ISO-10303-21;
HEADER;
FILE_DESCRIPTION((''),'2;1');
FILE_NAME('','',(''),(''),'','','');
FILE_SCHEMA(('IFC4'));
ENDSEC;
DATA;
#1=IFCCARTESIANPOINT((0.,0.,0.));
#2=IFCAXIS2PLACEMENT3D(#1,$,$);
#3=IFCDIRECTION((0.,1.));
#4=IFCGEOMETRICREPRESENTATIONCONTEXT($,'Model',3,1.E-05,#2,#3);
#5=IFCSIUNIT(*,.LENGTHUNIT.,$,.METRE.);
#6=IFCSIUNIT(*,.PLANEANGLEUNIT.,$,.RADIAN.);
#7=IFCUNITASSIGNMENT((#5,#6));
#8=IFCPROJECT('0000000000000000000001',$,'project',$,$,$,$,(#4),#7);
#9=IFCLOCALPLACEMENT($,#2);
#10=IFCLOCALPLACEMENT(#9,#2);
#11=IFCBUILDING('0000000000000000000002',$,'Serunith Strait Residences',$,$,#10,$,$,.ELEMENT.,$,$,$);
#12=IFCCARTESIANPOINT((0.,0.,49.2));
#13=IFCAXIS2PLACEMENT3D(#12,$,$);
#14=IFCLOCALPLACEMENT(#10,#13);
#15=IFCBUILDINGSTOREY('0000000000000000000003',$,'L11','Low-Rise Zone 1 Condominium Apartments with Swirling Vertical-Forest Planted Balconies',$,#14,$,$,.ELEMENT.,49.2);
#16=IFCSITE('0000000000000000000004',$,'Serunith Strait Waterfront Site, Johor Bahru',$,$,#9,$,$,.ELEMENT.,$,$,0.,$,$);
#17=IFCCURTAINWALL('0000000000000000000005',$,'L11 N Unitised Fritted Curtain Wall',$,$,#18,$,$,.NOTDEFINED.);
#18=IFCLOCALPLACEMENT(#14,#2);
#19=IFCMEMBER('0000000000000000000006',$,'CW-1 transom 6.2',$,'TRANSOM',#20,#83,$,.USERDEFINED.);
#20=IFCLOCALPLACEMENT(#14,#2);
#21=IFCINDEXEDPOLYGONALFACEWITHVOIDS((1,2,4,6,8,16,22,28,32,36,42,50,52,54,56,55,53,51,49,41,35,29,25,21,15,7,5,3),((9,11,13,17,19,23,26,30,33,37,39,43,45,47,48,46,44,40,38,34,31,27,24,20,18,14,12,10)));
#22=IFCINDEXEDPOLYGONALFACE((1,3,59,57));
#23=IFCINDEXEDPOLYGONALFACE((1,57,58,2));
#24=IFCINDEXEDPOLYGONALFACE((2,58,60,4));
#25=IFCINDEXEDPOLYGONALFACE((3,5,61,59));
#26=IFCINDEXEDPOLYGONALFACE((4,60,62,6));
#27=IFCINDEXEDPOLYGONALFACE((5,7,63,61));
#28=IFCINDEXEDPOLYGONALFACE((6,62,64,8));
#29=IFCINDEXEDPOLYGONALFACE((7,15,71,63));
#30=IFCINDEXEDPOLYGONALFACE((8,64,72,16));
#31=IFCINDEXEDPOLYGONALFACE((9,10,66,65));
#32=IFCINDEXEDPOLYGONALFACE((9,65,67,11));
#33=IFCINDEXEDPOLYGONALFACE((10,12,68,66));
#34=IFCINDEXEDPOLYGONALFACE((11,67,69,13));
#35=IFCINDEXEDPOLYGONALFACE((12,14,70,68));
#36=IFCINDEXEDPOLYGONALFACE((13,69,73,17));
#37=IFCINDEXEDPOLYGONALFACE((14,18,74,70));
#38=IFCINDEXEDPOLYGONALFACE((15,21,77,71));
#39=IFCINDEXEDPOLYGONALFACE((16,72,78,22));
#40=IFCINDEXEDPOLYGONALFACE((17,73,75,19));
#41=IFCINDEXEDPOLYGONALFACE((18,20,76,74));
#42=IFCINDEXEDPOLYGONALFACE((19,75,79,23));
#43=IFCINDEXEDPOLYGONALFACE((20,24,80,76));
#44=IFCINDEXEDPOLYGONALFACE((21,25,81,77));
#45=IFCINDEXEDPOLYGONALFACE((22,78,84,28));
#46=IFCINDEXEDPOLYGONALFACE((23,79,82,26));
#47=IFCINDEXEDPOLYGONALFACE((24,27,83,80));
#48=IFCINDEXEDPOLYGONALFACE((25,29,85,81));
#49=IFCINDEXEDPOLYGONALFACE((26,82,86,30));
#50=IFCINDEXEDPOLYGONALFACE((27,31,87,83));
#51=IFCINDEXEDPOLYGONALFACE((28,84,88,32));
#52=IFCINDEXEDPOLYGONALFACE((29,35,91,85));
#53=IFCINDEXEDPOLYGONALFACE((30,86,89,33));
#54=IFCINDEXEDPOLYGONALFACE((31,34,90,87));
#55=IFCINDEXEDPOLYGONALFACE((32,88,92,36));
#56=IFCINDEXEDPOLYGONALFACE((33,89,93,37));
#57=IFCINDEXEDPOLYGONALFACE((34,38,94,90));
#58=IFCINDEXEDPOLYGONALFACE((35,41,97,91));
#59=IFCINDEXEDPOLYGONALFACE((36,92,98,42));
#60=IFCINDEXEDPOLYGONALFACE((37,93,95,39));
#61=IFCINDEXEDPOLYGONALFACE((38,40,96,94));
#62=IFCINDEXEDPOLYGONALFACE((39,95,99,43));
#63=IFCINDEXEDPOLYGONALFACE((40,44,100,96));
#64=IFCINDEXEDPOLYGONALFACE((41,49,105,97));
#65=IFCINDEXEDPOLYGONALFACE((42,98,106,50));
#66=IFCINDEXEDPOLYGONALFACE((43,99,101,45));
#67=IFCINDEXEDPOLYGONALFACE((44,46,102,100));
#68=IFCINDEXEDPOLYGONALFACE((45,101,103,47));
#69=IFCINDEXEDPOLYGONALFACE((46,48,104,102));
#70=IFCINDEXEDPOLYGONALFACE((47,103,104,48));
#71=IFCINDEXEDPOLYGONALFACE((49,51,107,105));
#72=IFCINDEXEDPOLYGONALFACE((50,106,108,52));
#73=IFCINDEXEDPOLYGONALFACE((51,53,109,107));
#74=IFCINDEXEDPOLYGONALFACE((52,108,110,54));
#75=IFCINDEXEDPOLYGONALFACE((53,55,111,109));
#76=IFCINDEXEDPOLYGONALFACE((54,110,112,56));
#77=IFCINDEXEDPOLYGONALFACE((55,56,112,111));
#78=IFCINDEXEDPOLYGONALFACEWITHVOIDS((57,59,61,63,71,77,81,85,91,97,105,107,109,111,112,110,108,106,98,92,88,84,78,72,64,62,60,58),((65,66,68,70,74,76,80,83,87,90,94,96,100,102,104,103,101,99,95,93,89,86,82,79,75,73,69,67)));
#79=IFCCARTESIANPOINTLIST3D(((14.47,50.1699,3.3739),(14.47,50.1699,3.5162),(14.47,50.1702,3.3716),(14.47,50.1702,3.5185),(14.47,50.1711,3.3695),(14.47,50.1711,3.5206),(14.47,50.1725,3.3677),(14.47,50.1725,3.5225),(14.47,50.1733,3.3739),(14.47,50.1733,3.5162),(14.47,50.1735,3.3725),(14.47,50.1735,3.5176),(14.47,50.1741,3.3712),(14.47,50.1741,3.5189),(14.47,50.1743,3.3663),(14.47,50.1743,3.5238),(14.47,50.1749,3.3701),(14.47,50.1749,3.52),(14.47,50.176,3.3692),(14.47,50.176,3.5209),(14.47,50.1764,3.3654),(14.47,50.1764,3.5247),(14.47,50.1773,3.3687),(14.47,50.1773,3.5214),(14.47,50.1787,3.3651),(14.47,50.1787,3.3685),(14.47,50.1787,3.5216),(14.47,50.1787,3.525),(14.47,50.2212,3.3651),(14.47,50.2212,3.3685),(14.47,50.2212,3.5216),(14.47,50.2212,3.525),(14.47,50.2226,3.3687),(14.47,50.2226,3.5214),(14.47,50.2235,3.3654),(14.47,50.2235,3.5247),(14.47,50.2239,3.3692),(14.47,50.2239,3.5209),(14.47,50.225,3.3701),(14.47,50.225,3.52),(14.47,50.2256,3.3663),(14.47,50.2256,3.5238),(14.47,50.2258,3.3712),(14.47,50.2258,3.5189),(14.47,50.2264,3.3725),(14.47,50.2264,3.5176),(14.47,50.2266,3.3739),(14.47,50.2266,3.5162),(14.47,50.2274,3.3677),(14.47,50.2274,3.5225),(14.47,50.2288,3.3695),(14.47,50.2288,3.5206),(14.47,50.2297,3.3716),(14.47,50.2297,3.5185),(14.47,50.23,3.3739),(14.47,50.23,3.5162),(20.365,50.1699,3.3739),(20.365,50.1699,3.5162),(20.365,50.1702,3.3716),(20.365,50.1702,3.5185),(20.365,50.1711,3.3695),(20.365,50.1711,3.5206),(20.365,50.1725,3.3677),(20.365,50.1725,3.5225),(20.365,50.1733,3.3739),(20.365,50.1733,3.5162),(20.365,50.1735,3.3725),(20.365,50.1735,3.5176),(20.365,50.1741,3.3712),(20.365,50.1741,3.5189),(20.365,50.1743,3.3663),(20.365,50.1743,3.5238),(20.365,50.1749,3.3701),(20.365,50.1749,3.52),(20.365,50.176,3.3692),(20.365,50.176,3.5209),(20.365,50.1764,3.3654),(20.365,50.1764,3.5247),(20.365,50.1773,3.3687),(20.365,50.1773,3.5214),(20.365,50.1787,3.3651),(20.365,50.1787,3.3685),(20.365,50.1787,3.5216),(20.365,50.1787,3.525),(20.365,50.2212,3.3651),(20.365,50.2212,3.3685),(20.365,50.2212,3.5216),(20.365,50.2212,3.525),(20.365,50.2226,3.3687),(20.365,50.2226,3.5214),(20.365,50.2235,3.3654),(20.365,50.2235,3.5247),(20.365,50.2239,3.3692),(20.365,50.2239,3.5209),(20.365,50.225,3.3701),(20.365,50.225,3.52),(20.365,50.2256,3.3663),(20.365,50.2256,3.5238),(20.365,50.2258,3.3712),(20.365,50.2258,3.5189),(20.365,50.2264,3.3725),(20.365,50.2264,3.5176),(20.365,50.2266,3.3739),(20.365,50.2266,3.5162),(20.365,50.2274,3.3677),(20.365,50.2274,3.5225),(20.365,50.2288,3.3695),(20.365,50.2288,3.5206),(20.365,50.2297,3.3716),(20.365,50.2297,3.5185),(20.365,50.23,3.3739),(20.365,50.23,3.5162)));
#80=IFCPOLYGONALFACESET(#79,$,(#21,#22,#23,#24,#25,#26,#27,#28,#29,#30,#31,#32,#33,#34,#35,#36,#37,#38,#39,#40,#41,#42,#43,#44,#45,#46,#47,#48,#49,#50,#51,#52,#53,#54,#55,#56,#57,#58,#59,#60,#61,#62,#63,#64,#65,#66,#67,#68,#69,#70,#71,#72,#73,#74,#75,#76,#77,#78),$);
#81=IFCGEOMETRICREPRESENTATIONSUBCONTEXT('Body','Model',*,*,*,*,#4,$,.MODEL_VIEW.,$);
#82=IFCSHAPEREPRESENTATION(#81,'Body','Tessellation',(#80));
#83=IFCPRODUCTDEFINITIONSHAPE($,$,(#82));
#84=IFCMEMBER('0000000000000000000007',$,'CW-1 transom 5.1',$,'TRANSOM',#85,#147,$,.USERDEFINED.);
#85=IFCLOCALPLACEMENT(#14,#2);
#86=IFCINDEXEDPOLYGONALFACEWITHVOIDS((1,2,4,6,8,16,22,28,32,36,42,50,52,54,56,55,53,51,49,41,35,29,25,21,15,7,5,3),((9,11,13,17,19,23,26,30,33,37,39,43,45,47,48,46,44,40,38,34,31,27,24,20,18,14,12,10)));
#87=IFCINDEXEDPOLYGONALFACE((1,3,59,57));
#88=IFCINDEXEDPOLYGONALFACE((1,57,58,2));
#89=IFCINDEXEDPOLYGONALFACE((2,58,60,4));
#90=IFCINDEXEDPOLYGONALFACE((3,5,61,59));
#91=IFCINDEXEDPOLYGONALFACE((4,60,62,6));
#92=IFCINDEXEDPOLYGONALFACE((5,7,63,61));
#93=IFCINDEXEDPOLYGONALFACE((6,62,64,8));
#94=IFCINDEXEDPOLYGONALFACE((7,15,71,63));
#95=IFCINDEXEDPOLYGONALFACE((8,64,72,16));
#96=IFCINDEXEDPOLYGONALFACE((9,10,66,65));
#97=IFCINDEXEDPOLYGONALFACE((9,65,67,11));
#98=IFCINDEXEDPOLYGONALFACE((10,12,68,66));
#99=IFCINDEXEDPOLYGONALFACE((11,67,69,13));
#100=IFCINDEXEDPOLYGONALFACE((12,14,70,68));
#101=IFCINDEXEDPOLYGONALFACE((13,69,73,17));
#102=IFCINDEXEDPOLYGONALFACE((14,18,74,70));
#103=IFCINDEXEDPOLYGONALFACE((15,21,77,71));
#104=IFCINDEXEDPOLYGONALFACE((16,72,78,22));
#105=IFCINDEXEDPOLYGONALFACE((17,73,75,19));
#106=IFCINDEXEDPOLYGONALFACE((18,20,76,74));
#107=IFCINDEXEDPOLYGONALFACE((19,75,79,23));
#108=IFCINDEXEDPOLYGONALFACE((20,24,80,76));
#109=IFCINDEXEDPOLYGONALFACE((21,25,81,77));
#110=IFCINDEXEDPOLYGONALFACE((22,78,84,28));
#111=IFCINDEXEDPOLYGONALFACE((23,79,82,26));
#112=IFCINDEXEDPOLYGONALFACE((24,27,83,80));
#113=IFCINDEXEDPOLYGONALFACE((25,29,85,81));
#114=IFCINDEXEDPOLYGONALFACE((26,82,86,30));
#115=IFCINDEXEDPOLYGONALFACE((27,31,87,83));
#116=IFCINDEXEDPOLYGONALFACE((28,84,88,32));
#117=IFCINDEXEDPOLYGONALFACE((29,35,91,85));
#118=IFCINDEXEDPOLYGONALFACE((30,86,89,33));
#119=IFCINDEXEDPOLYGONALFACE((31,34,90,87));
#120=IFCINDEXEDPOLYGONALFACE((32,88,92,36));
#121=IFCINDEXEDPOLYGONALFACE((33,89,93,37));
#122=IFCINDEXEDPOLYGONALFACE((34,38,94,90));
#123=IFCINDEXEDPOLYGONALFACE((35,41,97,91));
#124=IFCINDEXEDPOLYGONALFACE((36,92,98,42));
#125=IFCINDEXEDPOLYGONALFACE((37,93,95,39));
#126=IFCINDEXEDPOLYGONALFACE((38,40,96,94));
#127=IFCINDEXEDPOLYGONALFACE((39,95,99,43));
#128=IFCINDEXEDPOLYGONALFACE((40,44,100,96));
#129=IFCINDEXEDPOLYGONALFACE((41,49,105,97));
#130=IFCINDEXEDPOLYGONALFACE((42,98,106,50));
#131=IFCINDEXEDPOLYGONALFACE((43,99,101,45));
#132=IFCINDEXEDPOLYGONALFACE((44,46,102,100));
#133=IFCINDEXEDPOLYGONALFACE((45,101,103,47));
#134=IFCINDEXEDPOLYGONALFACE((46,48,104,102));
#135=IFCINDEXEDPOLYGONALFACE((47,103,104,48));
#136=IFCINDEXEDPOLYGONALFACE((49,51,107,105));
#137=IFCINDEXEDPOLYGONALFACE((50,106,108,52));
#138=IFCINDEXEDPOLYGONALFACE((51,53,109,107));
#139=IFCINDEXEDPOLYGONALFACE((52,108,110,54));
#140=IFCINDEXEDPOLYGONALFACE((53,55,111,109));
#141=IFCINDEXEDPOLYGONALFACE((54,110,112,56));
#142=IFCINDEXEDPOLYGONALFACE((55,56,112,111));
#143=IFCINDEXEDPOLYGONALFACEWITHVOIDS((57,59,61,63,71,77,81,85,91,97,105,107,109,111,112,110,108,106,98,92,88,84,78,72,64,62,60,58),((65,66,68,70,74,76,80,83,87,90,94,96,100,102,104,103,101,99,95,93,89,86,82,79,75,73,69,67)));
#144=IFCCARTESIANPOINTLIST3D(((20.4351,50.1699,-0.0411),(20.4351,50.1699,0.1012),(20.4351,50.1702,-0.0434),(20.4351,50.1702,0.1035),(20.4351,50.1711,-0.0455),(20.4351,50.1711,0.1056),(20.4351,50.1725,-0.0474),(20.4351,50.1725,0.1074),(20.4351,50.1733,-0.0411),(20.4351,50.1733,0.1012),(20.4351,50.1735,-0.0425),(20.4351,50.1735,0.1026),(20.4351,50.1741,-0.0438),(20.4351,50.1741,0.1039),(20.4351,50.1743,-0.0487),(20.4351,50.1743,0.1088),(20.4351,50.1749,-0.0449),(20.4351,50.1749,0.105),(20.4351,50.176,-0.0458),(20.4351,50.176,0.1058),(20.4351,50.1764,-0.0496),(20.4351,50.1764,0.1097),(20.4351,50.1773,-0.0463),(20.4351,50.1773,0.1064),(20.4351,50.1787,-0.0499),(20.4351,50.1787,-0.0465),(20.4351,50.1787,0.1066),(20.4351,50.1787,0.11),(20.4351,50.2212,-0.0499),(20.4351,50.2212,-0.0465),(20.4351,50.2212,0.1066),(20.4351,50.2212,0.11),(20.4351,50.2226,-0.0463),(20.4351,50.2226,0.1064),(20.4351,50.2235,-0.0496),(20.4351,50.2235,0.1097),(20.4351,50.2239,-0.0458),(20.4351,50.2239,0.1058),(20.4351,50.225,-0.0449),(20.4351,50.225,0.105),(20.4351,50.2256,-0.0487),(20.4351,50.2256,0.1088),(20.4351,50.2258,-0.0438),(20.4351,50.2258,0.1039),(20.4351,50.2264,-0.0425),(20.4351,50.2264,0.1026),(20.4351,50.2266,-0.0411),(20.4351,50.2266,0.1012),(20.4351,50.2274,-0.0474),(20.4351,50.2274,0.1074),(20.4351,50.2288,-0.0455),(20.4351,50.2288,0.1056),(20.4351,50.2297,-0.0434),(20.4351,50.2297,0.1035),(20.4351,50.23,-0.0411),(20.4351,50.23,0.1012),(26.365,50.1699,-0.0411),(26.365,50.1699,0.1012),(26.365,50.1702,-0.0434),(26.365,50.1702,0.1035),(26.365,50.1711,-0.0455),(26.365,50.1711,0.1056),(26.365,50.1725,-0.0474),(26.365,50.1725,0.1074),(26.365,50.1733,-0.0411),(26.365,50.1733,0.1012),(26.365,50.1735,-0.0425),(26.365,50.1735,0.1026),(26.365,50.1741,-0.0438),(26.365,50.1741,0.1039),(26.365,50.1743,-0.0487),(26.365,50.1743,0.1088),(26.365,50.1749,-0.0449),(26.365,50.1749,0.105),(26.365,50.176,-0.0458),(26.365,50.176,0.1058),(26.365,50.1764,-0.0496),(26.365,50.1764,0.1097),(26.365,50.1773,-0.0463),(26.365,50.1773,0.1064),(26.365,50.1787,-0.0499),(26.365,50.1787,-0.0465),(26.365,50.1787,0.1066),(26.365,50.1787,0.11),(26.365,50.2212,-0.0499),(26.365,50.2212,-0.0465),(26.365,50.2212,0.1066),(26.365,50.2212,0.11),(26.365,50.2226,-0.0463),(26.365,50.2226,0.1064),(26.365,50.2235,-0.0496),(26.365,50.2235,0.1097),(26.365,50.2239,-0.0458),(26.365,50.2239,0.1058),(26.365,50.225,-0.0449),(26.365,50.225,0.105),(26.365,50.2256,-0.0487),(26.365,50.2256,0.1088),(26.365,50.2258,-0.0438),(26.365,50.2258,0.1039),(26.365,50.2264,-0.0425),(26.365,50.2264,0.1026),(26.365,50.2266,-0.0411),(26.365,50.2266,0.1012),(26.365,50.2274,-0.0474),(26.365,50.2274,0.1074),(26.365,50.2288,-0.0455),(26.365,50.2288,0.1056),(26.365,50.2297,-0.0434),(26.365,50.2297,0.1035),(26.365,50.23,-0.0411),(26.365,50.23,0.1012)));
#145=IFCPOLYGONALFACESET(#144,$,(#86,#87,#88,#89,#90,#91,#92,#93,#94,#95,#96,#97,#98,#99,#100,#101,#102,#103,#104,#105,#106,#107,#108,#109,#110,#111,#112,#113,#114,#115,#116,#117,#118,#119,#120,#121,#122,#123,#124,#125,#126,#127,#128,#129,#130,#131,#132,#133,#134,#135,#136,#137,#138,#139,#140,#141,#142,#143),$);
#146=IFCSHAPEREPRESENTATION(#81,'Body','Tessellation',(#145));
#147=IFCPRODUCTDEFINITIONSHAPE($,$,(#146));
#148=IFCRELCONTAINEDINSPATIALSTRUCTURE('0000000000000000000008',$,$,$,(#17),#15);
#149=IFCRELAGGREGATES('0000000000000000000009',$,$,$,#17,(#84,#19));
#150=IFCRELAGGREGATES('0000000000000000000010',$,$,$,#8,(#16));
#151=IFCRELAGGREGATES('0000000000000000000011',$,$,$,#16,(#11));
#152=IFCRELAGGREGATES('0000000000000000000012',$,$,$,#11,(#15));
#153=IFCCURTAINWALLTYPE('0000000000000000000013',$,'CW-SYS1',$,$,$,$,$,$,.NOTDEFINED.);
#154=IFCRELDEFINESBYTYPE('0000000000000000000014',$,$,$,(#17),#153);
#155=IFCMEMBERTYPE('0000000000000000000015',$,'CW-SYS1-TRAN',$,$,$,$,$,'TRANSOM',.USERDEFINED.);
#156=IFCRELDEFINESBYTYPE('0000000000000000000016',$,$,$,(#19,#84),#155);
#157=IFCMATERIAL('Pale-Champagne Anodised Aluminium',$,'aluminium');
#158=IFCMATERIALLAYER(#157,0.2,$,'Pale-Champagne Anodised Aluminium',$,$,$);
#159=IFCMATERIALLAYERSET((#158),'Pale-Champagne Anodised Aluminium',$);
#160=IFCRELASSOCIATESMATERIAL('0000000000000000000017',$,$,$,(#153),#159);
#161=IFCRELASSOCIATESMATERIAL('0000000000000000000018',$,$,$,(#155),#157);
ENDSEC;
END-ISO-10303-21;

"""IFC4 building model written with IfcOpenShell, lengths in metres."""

from ifc_helpers import new_model, si_unit, direction, frame, origin, origin_2d, place, context, subcontext, project, spatial, hollow_rectangle, extrude, source, transform, mapped, material, layer, layer_set, material_profile, profile_set, type_object, element, aggregate, save


model = new_model("IFC4")

# Units and contexts
model_context = context("Model", 3, precision=1e-05, world=origin(), true_north=direction((0.0, 1.0)))
body_context = subcontext(model_context, "Body", "Model", "MODEL_VIEW")
ifc_project = project(units=[si_unit("LENGTHUNIT", "METRE"), si_unit("PLANEANGLEUNIT", "RADIAN")], contexts=[model_context])

# Site, building, storey
site_placement = place(None, origin())
site = spatial("IfcSite", under=ifc_project, at=site_placement, Name="Serunith Strait Waterfront Site, Johor Bahru", CompositionType="ELEMENT", RefElevation=0.0)
building_placement = place(site_placement, origin())
building = spatial("IfcBuilding", under=site, at=building_placement, Name="Serunith Strait Residences", CompositionType="ELEMENT")
storey_placement = place(building_placement, frame((0.0, 0.0, 49.2)))
storey = spatial("IfcBuildingStorey", under=building, at=storey_placement, Name="L11", Description="Low-Rise Zone 1 Condominium Apartments with Swirling Vertical-Forest Planted Balconies", CompositionType="ELEMENT", Elevation=49.2)

# Curtain wall, members
ifc_material_1 = material(Name="Pale-Champagne Anodised Aluminium", Category="aluminium")
ifc_layer_1 = layer(ifc_material_1, 0.2, Name="Pale-Champagne Anodised Aluminium")
ifc_layer_set_1 = layer_set([ifc_layer_1], Name="Pale-Champagne Anodised Aluminium")
curtain_wall_type = type_object("IfcCurtainWallType", Name="CW-SYS1", PredefinedType="NOTDEFINED", material=ifc_layer_set_1)
curtain_wall_placement = place(storey_placement, origin())
curtain_wall = element("IfcCurtainWall", 1, at=curtain_wall_placement, inside=storey, type_object=curtain_wall_type, Name="L11 N Unitised Fritted Curtain Wall", PredefinedType="NOTDEFINED")
ifc_material_profile_1 = material_profile(ifc_material_1, hollow_rectangle(XDim=0.0601, YDim=0.1599, WallThickness=0.0034, InnerFilletRadius=0.0054, OuterFilletRadius=0.0088, at=origin_2d()), Name="ALU 160x60x3.5")
ifc_profile_set_1 = profile_set([ifc_material_profile_1], Name="Pale-Champagne Anodised Aluminium")
member_type_1 = type_object("IfcMemberType", Name="CW-SYS1-TRAN", ElementType="TRANSOM", PredefinedType="USERDEFINED", material=ifc_profile_set_1)
shared_shape_1 = source(origin(), body_context, "Body", "SweptSolid", [
    extrude(hollow_rectangle(XDim=0.0601, YDim=0.1599, WallThickness=0.0034, InnerFilletRadius=0.0054, OuterFilletRadius=0.0088, at=origin_2d()), origin(), (0.0, 0.0, 1.0), 5.895),
])
member_1_placement = place(storey_placement, frame((20.365, 50.2, 3.4451), z_axis=(-1.0, 0.0, 0.0), x_axis=(0.0, -1.0, 0.0)))
member_1 = element("IfcMember", 2, at=member_1_placement, type_object=member_type_1, Name="CW-1 transom 6.2", ObjectType="TRANSOM", PredefinedType="USERDEFINED", context=body_context, shape_type="MappedRepresentation", body=[
    mapped(shared_shape_1, transform((0.0, 0.0, 0.0), scale=1.0)),
])
shared_shape_2 = source(origin(), body_context, "Body", "SweptSolid", [
    extrude(hollow_rectangle(XDim=0.0601, YDim=0.1599, WallThickness=0.0034, InnerFilletRadius=0.0054, OuterFilletRadius=0.0088, at=origin_2d()), origin(), (0.0, 0.0, 1.0), 5.9299),
])
member_2_placement = place(storey_placement, frame((26.365, 50.2, 0.03), z_axis=(-1.0, 0.0, 0.0), x_axis=(0.0, -1.0, 0.0)))
member_2 = element("IfcMember", 3, at=member_2_placement, type_object=member_type_1, Name="CW-1 transom 5.1", ObjectType="TRANSOM", PredefinedType="USERDEFINED", context=body_context, shape_type="MappedRepresentation", body=[
    mapped(shared_shape_2, transform((0.0, 0.0, 0.0), scale=1.0)),
])
aggregate(curtain_wall, [member_2, member_1])

save(model, "model.ifc")
